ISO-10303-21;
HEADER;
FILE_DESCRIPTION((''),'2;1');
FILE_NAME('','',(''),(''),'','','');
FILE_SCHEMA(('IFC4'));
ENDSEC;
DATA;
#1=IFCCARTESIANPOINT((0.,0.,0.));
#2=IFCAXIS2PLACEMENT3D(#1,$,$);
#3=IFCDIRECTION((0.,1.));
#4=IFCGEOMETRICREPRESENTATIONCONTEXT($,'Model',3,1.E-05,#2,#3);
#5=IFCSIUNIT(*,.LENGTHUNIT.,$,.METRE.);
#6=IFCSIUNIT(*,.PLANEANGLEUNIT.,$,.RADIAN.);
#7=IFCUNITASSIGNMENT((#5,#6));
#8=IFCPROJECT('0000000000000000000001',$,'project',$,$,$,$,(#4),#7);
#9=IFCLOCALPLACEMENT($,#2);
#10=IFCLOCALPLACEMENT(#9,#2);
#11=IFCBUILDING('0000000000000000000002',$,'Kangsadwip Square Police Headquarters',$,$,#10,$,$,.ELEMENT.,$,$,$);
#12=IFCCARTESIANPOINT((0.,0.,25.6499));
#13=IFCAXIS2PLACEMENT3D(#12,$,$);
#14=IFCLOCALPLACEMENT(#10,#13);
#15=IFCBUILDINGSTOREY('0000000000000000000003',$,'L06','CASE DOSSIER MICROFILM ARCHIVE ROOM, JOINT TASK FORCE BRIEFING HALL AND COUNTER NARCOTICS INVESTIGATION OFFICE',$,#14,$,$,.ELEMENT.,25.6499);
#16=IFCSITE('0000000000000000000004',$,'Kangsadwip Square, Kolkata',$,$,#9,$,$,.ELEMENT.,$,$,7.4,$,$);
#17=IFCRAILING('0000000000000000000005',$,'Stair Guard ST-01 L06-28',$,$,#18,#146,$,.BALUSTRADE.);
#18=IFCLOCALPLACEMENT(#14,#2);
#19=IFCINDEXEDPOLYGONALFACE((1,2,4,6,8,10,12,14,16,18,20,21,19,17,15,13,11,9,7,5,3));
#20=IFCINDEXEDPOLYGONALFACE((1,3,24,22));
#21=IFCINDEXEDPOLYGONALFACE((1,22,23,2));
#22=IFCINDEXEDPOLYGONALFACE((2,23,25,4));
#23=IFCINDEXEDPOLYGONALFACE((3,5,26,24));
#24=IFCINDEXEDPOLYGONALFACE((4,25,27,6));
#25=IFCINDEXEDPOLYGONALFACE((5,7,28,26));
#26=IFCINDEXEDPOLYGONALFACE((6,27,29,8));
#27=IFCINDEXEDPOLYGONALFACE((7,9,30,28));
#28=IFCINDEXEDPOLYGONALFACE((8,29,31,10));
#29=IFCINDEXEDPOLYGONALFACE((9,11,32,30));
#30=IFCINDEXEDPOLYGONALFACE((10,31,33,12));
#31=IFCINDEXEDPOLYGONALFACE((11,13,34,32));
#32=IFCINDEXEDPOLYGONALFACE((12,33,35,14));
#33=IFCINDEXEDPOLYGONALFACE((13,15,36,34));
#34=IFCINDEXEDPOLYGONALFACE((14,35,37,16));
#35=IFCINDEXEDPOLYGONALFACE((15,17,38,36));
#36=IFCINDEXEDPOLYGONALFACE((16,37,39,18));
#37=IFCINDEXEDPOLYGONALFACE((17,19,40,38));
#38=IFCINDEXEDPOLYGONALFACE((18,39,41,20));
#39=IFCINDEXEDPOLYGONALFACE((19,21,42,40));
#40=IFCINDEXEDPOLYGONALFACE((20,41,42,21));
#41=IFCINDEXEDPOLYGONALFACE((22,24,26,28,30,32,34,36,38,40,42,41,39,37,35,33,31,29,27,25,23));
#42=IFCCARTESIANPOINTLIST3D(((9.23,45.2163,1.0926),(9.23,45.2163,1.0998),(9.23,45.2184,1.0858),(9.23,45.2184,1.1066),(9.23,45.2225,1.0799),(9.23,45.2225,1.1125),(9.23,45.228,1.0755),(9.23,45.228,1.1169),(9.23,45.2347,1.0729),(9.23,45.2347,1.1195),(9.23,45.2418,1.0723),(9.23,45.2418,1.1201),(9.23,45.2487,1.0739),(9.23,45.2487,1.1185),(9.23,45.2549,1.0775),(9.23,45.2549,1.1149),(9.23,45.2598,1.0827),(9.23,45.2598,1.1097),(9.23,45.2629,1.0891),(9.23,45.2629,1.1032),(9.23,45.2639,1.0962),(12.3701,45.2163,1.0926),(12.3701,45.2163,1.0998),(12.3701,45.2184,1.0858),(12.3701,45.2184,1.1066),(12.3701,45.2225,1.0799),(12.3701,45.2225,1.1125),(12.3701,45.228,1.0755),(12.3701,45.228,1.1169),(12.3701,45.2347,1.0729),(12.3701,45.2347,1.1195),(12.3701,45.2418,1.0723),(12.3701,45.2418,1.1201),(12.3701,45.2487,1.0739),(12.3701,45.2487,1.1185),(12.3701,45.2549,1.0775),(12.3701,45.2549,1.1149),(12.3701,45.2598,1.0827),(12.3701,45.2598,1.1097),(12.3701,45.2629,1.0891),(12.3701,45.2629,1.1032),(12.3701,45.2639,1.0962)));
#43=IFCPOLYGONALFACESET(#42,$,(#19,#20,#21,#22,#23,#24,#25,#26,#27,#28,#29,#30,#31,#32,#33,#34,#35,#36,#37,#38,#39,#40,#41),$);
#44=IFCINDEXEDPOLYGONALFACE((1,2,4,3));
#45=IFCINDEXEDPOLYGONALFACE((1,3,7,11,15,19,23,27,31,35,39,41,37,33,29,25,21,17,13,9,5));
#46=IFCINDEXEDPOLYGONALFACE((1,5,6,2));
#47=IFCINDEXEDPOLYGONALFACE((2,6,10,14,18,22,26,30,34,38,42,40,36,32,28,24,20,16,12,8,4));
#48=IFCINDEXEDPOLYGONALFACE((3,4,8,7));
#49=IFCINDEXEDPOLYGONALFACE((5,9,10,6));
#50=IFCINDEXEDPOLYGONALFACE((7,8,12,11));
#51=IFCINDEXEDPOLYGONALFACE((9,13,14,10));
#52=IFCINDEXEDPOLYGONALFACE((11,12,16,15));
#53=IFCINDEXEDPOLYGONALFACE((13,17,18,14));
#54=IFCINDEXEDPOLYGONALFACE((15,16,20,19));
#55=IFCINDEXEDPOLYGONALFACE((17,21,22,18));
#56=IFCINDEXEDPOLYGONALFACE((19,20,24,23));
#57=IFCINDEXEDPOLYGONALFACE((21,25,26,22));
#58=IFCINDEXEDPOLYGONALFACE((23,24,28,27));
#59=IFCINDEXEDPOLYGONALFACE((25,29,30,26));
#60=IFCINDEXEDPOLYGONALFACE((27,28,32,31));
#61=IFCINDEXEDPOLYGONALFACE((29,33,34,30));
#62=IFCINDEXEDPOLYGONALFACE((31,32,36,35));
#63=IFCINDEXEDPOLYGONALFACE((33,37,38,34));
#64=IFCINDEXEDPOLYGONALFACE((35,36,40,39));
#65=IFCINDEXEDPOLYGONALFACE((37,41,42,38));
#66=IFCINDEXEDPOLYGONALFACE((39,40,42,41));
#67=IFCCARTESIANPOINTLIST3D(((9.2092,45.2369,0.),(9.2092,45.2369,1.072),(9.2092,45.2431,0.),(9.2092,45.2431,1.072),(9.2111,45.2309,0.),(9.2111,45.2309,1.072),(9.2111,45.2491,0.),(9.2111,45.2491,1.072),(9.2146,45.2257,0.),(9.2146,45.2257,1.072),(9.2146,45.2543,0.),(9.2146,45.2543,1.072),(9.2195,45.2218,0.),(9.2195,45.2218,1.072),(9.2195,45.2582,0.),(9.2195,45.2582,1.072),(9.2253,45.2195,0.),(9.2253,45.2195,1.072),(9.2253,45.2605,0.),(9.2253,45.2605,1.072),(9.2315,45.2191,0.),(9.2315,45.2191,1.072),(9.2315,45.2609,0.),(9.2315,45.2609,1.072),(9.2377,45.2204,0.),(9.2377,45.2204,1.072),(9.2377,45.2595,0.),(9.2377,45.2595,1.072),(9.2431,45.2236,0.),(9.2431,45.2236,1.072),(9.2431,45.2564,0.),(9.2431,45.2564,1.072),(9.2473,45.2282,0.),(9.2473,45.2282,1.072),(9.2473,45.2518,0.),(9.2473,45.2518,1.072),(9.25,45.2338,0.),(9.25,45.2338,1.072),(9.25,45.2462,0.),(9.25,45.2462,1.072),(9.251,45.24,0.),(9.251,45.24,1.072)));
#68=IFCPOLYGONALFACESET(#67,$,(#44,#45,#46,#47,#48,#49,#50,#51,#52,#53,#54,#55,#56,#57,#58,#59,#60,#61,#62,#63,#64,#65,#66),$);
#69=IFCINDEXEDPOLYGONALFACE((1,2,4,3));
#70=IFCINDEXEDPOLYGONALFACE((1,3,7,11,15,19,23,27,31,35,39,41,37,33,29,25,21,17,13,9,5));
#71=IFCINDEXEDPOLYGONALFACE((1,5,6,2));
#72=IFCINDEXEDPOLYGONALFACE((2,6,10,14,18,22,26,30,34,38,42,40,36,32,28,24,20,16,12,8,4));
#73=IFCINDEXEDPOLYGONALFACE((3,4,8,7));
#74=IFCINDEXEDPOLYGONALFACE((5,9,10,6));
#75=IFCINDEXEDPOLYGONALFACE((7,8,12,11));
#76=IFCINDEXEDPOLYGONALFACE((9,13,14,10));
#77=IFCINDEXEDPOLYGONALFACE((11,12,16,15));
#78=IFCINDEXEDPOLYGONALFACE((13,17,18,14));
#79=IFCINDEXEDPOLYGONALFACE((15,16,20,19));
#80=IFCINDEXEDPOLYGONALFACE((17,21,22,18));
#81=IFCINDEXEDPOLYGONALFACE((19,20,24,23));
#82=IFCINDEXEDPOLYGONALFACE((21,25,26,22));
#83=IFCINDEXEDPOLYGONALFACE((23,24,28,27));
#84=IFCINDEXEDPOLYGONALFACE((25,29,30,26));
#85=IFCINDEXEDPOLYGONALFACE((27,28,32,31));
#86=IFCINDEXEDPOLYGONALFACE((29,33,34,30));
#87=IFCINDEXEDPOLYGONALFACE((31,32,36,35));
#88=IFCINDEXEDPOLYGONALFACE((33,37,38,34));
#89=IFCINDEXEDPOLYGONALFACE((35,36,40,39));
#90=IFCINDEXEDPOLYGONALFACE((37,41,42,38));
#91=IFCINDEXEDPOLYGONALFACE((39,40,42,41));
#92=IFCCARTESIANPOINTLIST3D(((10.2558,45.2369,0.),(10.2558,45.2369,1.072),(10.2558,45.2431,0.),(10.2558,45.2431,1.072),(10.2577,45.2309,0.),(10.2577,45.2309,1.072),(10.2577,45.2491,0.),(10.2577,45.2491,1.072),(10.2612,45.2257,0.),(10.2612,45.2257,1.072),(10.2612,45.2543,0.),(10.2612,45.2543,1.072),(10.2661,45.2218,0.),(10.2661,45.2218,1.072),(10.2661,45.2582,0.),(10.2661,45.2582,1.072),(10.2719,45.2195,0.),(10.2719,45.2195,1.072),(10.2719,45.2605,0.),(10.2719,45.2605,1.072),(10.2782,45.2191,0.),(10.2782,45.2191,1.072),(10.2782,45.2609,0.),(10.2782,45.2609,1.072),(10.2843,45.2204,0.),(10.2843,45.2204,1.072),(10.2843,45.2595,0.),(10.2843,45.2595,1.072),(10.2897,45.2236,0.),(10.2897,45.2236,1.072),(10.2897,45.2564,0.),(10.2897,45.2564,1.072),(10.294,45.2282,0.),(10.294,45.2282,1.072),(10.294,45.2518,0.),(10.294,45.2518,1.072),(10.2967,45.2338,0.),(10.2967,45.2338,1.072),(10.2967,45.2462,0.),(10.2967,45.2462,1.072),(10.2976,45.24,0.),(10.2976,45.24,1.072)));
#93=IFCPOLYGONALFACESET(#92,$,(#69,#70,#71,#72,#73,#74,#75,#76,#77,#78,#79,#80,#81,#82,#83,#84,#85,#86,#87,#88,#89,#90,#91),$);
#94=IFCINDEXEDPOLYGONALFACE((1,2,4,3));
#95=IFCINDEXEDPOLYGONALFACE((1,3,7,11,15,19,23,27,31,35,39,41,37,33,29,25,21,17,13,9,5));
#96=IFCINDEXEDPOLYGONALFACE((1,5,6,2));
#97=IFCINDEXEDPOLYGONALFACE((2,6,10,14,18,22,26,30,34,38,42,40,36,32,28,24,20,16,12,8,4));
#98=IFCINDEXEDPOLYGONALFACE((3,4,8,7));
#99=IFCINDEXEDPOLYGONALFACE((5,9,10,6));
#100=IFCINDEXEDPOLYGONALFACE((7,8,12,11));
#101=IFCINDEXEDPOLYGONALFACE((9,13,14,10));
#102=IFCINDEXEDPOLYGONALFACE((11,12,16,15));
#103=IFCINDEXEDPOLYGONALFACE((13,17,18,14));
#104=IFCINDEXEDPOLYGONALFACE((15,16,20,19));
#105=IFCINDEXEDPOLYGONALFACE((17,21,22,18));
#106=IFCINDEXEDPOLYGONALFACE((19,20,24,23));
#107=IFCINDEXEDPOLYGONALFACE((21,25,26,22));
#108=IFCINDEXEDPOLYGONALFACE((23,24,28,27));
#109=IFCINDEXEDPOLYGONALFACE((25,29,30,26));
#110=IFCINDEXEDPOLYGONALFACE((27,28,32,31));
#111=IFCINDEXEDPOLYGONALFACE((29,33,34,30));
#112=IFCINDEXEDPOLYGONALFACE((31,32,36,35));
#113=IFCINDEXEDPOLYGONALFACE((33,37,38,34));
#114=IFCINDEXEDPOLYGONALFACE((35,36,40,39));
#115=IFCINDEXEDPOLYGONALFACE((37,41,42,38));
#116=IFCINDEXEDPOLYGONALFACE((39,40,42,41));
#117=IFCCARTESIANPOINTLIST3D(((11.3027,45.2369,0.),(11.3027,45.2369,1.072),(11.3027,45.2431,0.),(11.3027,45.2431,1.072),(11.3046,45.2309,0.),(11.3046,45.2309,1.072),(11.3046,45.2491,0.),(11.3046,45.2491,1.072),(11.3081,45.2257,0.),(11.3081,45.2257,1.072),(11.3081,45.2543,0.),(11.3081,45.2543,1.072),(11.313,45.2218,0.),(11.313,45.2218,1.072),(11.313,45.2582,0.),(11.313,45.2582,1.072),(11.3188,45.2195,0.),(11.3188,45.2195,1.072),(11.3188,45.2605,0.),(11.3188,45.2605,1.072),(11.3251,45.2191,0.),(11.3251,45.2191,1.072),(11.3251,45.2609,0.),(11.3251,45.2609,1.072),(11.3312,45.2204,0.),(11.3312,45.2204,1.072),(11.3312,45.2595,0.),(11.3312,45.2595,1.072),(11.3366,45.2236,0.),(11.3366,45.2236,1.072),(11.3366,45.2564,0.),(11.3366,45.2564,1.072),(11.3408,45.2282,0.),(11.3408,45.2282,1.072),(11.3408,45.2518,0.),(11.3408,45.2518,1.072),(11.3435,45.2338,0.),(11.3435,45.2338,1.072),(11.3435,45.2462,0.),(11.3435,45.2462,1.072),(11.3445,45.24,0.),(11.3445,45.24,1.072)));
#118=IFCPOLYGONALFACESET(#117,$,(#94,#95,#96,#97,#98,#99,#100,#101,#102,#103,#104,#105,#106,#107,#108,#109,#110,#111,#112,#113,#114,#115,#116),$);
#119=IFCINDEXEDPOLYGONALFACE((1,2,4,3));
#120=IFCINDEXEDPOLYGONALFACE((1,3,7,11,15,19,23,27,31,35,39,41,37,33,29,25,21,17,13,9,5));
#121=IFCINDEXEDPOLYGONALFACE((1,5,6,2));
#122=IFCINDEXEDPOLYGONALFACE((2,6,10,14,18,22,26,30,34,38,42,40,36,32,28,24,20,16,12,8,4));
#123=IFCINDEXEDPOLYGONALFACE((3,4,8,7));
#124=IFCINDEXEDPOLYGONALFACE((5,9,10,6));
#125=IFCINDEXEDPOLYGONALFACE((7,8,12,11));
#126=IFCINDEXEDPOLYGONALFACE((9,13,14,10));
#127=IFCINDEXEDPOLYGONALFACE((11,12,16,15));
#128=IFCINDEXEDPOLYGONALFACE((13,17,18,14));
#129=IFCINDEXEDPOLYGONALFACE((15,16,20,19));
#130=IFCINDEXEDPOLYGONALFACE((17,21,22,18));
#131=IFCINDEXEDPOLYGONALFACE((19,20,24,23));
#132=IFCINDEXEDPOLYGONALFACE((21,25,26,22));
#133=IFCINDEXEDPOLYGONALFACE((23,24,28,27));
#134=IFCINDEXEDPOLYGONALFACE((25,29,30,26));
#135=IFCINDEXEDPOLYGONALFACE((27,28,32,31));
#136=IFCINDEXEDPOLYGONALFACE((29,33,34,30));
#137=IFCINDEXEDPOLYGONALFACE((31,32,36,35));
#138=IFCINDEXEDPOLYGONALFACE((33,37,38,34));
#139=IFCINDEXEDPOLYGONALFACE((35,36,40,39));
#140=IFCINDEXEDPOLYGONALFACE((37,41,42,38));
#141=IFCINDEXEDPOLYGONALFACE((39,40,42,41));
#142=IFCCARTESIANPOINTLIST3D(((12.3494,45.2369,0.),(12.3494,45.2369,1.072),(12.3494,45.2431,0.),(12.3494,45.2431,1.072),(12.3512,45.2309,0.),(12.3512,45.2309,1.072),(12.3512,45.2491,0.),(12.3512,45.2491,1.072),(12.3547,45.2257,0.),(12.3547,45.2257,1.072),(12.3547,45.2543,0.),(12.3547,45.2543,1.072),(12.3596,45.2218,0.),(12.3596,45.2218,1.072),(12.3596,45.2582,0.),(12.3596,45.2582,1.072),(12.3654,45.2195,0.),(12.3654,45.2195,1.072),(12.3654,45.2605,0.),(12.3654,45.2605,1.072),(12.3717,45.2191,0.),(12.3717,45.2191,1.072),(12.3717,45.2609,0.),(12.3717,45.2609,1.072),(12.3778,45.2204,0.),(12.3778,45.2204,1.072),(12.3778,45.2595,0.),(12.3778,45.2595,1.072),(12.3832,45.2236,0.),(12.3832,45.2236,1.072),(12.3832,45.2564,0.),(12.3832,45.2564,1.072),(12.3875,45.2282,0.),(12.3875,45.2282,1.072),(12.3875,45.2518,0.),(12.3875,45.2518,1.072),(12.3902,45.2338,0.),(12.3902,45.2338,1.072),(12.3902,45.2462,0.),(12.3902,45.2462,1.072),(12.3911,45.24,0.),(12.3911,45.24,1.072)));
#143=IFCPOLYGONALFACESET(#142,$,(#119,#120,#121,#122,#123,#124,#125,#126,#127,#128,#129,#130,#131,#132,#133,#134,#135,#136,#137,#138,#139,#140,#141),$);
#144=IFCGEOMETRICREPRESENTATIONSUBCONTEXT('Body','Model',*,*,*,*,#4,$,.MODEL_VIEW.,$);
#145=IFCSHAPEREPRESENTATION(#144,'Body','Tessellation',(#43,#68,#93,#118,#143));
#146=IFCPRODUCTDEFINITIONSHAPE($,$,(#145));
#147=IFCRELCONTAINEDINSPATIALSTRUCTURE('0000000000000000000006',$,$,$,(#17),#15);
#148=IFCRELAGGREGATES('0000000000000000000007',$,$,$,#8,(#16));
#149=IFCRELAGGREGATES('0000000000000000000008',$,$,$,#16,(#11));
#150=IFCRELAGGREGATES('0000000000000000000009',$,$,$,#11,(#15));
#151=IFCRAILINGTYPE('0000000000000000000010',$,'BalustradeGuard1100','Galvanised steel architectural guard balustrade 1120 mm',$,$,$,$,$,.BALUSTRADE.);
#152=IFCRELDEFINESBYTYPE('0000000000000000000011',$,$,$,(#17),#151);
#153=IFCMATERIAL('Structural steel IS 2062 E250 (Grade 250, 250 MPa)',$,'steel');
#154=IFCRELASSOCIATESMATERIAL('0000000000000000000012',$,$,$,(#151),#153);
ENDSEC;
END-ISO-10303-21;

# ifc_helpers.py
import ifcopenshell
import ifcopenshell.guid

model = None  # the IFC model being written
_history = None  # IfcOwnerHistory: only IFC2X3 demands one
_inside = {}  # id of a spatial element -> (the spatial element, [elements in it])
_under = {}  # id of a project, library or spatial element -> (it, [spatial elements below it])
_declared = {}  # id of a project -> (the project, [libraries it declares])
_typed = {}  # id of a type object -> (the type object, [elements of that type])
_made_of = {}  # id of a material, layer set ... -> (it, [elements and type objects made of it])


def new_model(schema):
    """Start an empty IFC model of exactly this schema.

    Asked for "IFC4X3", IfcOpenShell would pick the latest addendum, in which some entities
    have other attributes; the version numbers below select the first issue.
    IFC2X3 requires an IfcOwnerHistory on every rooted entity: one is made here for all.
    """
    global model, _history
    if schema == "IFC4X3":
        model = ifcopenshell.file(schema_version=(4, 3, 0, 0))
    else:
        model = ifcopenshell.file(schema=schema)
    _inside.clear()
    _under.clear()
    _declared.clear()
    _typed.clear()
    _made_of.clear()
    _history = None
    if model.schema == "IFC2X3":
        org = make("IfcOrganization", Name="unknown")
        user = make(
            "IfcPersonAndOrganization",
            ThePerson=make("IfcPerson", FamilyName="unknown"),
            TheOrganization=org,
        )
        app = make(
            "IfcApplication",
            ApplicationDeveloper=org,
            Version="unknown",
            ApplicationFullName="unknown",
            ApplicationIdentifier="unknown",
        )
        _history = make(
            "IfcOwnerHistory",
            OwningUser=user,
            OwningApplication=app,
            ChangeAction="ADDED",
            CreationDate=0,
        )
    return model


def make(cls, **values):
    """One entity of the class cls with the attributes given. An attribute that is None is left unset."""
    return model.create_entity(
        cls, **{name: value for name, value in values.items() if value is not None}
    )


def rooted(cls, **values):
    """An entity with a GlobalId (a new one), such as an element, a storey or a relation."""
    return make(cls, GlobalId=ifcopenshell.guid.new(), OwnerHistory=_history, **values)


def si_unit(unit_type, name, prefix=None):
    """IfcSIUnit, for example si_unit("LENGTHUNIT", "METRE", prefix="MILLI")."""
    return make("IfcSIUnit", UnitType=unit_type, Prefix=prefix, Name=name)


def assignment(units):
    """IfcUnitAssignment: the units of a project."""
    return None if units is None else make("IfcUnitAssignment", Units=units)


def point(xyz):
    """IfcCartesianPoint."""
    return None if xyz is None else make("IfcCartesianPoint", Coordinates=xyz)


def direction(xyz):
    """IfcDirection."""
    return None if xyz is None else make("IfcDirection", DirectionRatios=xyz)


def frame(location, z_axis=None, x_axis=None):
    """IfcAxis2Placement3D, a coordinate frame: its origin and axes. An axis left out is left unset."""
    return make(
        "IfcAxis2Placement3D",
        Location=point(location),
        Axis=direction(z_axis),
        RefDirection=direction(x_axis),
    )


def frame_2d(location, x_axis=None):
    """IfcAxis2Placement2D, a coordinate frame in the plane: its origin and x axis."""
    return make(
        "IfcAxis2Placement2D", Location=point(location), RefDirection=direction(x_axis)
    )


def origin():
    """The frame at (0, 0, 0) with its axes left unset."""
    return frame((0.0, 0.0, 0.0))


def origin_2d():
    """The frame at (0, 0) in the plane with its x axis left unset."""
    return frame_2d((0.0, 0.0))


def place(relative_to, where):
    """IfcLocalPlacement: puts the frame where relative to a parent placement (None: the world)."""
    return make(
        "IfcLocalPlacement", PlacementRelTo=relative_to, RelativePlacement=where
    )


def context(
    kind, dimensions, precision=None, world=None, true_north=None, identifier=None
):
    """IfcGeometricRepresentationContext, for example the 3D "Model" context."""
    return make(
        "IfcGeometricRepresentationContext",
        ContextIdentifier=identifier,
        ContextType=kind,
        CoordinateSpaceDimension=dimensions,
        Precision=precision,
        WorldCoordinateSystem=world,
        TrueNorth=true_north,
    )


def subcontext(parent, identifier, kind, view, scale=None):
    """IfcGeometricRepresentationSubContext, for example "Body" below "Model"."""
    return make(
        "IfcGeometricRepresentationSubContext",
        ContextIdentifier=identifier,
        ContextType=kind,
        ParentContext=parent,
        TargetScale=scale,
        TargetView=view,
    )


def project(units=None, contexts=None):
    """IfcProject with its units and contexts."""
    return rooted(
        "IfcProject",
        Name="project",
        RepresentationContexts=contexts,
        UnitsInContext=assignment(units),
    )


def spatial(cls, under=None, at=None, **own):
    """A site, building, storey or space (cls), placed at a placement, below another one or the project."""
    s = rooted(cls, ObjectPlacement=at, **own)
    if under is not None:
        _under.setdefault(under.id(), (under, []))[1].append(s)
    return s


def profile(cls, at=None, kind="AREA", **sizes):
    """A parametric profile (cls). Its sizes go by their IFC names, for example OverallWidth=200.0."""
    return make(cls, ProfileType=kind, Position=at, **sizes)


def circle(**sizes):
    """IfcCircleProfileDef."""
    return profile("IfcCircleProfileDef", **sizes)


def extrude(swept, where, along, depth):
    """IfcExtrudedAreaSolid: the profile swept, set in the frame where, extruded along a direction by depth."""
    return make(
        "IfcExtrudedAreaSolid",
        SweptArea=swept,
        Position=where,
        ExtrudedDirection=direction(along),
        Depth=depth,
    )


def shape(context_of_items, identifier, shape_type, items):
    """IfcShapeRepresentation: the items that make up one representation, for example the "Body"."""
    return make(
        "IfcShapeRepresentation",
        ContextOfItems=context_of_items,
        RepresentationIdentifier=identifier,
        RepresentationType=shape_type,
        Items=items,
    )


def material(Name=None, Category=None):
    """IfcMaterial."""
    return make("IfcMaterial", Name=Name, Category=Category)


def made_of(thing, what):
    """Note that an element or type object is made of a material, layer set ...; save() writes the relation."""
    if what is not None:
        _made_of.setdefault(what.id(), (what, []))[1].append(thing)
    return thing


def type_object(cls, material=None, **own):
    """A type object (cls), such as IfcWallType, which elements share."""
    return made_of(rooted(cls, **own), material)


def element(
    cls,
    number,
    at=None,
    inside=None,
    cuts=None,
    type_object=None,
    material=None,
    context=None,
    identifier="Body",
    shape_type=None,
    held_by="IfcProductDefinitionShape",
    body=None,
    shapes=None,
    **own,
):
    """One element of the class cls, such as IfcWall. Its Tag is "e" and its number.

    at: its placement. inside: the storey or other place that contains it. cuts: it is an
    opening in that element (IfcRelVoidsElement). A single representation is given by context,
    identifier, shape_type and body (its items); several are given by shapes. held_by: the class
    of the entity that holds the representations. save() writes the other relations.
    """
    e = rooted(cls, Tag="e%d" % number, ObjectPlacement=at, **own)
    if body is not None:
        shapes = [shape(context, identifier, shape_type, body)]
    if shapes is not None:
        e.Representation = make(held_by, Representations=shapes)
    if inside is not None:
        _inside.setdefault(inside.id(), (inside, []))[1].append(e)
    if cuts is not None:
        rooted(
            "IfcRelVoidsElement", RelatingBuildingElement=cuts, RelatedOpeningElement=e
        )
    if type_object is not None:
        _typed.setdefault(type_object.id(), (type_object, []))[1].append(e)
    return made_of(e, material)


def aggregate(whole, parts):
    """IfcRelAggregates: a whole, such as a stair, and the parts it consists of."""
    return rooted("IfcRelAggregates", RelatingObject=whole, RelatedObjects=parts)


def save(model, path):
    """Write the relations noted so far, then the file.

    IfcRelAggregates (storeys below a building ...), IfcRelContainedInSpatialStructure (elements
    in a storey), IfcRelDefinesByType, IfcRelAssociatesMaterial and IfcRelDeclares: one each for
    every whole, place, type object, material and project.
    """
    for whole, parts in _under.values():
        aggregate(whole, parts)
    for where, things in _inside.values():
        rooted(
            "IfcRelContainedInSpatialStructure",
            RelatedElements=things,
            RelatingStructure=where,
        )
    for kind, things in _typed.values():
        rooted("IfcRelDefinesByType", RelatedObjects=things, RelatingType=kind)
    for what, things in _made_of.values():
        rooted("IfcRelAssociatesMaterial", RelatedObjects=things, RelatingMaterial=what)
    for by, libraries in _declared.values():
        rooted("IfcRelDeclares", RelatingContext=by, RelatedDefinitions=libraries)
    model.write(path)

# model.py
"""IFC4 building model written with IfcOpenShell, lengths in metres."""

from ifc_helpers import new_model, si_unit, direction, frame, origin, origin_2d, place, context, subcontext, project, spatial, circle, extrude, material, type_object, element, save


model = new_model("IFC4")

# Units and contexts
model_context = context("Model", 3, precision=1e-05, world=origin(), true_north=direction((0.0, 1.0)))
body_context = subcontext(model_context, "Body", "Model", "MODEL_VIEW")
ifc_project = project(units=[si_unit("LENGTHUNIT", "METRE"), si_unit("PLANEANGLEUNIT", "RADIAN")], contexts=[model_context])

# Site, building, storey
site_placement = place(None, origin())
site = spatial("IfcSite", under=ifc_project, at=site_placement, Name="Kangsadwip Square, Kolkata", CompositionType="ELEMENT", RefElevation=7.4)
building_placement = place(site_placement, origin())
building = spatial("IfcBuilding", under=site, at=building_placement, Name="Kangsadwip Square Police Headquarters", CompositionType="ELEMENT")
storey_placement = place(building_placement, frame((0.0, 0.0, 25.6499)))
storey = spatial("IfcBuildingStorey", under=building, at=storey_placement, Name="L06", Description="CASE DOSSIER MICROFILM ARCHIVE ROOM, JOINT TASK FORCE BRIEFING HALL AND COUNTER NARCOTICS INVESTIGATION OFFICE", CompositionType="ELEMENT", Elevation=25.6499)

# Railing
ifc_material_1 = material(Name="Structural steel IS 2062 E250 (Grade 250, 250 MPa)", Category="steel")
railing_type_1 = type_object("IfcRailingType", Name="BalustradeGuard1100", Description="Galvanised steel architectural guard balustrade 1120 mm", PredefinedType="BALUSTRADE", material=ifc_material_1)
for number, where, name in (
    (1, (9.23, 45.24, 0.0), "Stair Guard ST-01 L06-28"),
):
    element("IfcRailing", number, at=place(storey_placement, frame(where)), inside=storey, type_object=railing_type_1, Name=name, PredefinedType="BALUSTRADE", context=body_context, shape_type="SweptSolid", body=[
        extrude(circle(Radius=0.0239, at=origin_2d()), frame((0.0, 0.0, 1.0962), z_axis=(1.0, 0.0, 0.0), x_axis=(0.0, 1.0, 0.0)), (0.0, 0.0, 1.0), 3.1401),
        extrude(circle(Radius=0.021, at=origin_2d()), origin(), (0.0, 0.0, 1.0), 1.072),
        extrude(circle(Radius=0.021, at=origin_2d()), frame((1.0466, 0.0, 0.0)), (0.0, 0.0, 1.0), 1.072),
        extrude(circle(Radius=0.021, at=origin_2d()), frame((2.0935, 0.0, 0.0)), (0.0, 0.0, 1.0), 1.072),
        extrude(circle(Radius=0.021, at=origin_2d()), frame((3.1401, 0.0, 0.0)), (0.0, 0.0, 1.0), 1.072),
    ])

save(model, "model.ifc")
